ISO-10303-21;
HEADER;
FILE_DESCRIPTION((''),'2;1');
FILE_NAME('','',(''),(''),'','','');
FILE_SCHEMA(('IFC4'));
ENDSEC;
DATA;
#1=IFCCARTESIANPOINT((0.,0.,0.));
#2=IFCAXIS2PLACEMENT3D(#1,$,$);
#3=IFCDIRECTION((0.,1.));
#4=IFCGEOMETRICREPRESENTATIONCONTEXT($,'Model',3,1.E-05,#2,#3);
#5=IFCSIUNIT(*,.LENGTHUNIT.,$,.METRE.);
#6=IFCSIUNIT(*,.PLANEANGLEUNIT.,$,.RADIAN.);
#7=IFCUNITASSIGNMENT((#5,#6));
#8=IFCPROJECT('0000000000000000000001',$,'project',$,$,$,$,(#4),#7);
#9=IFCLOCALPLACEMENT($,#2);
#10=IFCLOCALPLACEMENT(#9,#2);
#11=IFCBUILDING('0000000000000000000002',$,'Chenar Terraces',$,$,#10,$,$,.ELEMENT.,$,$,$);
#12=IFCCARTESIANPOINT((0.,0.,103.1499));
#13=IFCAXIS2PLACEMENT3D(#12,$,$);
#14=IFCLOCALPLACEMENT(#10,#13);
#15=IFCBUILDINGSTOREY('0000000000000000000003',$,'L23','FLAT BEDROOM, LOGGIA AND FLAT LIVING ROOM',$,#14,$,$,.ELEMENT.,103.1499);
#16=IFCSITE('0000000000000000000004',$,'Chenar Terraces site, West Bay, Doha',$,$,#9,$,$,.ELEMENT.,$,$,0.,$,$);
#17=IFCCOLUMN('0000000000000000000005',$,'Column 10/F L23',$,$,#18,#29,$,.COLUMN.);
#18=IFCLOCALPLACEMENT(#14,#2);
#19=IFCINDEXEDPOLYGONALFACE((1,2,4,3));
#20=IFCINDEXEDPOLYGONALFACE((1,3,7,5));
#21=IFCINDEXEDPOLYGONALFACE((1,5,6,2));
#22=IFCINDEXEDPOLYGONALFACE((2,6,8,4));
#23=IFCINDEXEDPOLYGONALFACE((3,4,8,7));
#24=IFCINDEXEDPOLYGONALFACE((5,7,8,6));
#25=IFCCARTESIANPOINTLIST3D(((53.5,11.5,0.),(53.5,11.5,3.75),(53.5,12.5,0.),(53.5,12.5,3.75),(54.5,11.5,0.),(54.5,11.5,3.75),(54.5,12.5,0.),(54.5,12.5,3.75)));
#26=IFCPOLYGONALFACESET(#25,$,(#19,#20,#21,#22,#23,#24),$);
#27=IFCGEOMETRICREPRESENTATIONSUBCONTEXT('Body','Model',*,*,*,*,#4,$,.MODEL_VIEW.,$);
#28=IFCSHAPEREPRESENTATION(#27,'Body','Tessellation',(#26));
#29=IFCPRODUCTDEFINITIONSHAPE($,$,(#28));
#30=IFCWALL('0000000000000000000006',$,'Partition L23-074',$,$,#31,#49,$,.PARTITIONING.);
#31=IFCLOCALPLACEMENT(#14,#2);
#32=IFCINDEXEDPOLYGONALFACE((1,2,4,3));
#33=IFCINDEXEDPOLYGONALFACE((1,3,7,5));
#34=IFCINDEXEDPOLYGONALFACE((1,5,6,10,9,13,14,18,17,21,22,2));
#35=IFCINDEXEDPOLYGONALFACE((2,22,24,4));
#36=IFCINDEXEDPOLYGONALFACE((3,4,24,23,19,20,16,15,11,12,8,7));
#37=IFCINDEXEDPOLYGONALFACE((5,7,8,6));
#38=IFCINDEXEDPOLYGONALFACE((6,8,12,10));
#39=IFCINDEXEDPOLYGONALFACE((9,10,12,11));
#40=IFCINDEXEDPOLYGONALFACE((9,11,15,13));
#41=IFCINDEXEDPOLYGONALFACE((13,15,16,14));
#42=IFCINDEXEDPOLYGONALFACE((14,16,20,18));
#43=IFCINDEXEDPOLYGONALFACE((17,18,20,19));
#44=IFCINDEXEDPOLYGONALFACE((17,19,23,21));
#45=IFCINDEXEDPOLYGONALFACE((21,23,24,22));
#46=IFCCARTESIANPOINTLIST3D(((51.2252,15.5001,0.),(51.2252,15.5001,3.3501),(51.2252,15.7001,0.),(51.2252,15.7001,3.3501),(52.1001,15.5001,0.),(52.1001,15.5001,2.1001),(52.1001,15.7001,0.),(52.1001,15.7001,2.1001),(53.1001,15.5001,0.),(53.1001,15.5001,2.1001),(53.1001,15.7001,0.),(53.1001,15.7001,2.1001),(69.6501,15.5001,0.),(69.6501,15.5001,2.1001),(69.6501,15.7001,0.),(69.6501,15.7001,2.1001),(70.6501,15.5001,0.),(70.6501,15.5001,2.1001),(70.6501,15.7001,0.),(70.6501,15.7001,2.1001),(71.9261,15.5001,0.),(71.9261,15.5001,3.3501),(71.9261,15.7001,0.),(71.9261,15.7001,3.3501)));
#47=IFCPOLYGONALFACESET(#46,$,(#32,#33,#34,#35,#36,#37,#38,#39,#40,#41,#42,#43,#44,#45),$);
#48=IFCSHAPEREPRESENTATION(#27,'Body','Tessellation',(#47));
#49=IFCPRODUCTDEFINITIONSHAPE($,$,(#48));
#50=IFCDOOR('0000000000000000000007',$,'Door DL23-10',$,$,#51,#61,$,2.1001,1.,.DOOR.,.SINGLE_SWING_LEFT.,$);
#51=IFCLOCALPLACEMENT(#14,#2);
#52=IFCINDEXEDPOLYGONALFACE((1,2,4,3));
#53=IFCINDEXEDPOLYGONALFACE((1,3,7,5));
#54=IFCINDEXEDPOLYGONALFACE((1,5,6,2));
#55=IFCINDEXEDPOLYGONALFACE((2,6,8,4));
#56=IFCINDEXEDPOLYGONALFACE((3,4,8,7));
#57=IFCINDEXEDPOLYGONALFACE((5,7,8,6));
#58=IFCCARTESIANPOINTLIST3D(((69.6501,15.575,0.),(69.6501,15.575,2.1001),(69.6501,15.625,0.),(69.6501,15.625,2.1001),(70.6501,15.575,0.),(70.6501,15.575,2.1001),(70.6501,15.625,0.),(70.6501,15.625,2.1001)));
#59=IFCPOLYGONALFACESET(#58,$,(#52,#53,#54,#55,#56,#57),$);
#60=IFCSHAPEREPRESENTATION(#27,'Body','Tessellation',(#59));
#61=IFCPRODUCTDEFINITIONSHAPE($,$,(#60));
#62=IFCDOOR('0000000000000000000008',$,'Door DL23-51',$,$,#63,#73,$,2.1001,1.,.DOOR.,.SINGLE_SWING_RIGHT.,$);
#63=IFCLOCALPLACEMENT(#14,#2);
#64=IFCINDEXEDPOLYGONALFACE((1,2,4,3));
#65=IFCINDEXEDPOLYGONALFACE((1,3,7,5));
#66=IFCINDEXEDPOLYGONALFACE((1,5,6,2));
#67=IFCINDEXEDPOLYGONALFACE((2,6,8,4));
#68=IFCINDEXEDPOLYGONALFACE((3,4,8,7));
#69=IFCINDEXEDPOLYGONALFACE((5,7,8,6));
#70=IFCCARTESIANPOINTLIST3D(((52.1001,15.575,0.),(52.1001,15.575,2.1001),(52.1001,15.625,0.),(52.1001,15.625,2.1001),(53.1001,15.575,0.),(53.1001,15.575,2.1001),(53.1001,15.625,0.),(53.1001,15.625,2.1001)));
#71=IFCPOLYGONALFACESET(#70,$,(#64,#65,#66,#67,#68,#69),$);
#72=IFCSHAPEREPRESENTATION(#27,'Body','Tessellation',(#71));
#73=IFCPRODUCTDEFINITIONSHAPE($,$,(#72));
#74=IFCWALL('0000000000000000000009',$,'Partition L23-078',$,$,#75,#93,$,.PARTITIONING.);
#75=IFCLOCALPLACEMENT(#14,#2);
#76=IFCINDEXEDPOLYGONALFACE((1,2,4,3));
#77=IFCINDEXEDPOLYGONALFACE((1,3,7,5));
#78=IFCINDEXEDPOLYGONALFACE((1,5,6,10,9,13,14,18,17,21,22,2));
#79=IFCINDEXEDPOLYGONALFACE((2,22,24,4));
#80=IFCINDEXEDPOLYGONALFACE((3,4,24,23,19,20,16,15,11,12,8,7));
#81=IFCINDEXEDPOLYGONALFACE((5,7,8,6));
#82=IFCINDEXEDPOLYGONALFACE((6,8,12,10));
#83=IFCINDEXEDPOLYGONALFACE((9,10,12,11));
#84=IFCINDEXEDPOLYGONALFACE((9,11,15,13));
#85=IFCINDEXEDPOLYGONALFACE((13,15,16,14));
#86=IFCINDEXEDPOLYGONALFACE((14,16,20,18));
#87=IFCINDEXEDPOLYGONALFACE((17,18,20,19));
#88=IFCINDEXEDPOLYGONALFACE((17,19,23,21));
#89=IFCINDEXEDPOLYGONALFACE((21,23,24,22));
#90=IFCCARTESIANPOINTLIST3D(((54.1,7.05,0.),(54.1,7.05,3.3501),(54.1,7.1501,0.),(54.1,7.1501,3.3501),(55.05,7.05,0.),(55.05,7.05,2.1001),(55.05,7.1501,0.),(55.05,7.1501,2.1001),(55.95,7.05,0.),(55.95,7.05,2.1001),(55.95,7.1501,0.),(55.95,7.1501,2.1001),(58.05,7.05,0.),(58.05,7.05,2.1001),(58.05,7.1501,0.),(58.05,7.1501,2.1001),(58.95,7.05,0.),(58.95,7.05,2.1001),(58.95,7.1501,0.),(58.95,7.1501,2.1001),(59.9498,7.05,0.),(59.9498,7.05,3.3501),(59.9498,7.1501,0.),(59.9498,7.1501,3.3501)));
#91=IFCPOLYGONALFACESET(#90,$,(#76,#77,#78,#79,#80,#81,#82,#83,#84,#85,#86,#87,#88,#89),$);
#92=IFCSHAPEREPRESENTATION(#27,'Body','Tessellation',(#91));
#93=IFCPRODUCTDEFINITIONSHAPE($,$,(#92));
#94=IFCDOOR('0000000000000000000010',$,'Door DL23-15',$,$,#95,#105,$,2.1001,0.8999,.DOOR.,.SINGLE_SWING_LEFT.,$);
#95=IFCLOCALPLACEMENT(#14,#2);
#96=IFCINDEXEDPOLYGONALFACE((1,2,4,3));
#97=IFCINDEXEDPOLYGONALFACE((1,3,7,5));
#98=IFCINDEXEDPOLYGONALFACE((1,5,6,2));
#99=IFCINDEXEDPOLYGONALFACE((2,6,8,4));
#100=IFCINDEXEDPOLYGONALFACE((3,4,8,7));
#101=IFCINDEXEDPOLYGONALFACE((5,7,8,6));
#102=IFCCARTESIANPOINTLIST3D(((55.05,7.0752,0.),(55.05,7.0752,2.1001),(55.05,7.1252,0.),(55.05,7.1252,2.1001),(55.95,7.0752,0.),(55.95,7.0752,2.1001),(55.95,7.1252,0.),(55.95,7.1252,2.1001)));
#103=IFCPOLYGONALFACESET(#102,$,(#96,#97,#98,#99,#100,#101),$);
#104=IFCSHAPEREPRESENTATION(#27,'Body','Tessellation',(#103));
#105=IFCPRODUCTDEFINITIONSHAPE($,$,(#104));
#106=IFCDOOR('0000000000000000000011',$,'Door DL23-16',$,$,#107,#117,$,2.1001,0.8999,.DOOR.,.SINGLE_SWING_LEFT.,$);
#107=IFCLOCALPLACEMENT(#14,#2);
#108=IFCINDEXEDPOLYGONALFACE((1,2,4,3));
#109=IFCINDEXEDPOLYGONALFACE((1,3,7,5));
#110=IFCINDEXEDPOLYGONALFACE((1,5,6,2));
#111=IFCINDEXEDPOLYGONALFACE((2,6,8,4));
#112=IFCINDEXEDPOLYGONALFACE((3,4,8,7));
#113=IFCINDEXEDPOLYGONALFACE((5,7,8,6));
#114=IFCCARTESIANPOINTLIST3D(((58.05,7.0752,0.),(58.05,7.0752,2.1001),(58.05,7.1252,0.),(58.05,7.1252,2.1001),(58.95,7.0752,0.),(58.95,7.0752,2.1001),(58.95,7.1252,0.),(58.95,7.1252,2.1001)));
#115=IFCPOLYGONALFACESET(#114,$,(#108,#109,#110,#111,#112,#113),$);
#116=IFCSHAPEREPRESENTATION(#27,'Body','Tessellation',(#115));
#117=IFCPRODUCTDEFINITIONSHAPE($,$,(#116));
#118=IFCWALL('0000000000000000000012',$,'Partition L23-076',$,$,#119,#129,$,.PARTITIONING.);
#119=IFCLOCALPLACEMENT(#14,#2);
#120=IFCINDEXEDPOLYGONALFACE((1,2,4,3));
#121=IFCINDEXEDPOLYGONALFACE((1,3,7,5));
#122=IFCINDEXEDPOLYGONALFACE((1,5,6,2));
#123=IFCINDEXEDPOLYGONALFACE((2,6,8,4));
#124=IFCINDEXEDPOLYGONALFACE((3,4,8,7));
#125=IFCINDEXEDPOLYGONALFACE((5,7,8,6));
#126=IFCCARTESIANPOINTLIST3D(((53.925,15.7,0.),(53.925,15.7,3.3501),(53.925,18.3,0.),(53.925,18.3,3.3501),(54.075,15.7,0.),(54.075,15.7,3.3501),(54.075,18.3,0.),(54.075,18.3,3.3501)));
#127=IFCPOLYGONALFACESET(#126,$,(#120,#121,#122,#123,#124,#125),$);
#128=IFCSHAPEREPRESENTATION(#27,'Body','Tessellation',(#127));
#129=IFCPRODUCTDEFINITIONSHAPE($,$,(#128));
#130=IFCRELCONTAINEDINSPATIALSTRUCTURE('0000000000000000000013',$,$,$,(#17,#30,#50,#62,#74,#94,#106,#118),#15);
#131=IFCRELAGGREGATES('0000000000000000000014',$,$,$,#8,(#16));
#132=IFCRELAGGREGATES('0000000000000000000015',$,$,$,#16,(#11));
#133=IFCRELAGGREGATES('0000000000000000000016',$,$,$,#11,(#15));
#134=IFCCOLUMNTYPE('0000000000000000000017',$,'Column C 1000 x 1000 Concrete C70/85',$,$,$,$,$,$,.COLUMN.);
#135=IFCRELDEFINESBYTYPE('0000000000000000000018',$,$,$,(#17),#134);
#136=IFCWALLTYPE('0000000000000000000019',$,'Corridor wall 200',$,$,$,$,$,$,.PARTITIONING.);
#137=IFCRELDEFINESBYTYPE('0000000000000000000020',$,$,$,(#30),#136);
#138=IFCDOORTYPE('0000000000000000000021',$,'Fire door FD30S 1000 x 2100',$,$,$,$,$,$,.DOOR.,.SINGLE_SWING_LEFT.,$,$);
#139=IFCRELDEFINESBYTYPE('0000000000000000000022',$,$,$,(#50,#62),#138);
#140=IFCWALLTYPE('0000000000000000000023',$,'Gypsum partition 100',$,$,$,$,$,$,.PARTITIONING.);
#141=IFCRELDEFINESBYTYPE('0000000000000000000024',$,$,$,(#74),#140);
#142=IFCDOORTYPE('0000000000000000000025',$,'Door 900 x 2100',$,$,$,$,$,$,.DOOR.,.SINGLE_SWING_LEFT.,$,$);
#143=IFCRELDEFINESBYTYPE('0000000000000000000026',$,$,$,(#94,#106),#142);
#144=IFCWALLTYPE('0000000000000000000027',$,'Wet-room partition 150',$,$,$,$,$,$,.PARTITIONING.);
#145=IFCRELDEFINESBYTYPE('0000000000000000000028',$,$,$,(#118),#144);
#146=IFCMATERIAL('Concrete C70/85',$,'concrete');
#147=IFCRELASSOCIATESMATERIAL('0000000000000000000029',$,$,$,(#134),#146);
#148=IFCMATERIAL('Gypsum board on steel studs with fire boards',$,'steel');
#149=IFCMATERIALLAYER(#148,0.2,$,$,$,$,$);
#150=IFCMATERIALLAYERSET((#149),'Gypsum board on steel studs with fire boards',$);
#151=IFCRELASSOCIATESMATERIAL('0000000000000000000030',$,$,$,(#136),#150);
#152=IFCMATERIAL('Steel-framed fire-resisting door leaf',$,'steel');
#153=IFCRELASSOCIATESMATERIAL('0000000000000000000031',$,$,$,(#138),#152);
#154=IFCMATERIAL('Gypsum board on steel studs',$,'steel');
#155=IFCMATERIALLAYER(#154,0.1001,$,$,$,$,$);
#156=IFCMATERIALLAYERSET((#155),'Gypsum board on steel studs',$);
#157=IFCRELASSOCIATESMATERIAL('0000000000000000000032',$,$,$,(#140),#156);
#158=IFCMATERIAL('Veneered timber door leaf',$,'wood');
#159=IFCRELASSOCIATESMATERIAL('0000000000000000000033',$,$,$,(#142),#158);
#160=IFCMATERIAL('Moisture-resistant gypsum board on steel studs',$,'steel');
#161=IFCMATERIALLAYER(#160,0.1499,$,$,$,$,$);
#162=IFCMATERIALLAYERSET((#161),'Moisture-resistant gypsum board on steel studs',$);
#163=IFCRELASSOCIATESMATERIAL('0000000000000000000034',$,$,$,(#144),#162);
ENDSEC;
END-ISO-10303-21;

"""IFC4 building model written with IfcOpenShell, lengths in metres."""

from ifc_helpers import new_model, si_unit, direction, frame, frame_2d, origin, origin_2d, place, context, subcontext, project, spatial, rectangle, extrude, material, layer, layer_set, material_profile, profile_set, type_object, element, fill, save


model = new_model("IFC4")

# Units and contexts
model_context = context("Model", 3, precision=1e-05, world=origin(), true_north=direction((0.0, 1.0)))
body_context = subcontext(model_context, "Body", "Model", "MODEL_VIEW")
ifc_project = project(units=[si_unit("LENGTHUNIT", "METRE"), si_unit("PLANEANGLEUNIT", "RADIAN")], contexts=[model_context])

# Site, building, storey
site_placement = place(None, origin())
site = spatial("IfcSite", under=ifc_project, at=site_placement, Name="Chenar Terraces site, West Bay, Doha", CompositionType="ELEMENT", RefElevation=0.0)
building_placement = place(site_placement, origin())
building = spatial("IfcBuilding", under=site, at=building_placement, Name="Chenar Terraces", CompositionType="ELEMENT")
storey_placement = place(building_placement, frame((0.0, 0.0, 103.1499)))
storey = spatial("IfcBuildingStorey", under=building, at=storey_placement, Name="L23", Description="FLAT BEDROOM, LOGGIA AND FLAT LIVING ROOM", CompositionType="ELEMENT", Elevation=103.1499)

# Column
ifc_material_1 = material(Name="Concrete C70/85", Category="concrete")
ifc_material_profile = material_profile(ifc_material_1, rectangle(XDim=1.0, YDim=1.0, at=origin_2d()), Name="C 1000 x 1000")
ifc_profile_set = profile_set([ifc_material_profile], Name="Concrete C70/85")
column_type = type_object("IfcColumnType", Name="Column C 1000 x 1000 Concrete C70/85", PredefinedType="COLUMN", material=ifc_profile_set)
column_placement = place(storey_placement, frame((54.0, 12.0, 0.0), z_axis=(0.0, 0.0, 1.0), x_axis=(1.0, 0.0, 0.0)))
element("IfcColumn", 1, at=column_placement, inside=storey, type_object=column_type, Name="Column 10/F L23", PredefinedType="COLUMN", context=body_context, shape_type="SweptSolid", body=[
    extrude(rectangle(XDim=1.0, YDim=1.0, at=origin_2d()), origin(), (0.0, 0.0, 1.0), 3.75),
])

# Walls, openings, doors
ifc_material_2 = material(Name="Gypsum board on steel studs with fire boards", Category="steel")
ifc_layer_1 = layer(ifc_material_2, 0.2)
ifc_layer_set_1 = layer_set([ifc_layer_1], Name="Gypsum board on steel studs with fire boards")
wall_type_1 = type_object("IfcWallType", Name="Corridor wall 200", PredefinedType="PARTITIONING", material=ifc_layer_set_1)
wall_1_placement = place(storey_placement, frame((51.2251, 15.6001, 0.0), z_axis=(0.0, 0.0, 1.0), x_axis=(1.0, 0.0, 0.0)))
wall_1 = element("IfcWall", 2, at=wall_1_placement, inside=storey, type_object=wall_type_1, Name="Partition L23-074", PredefinedType="PARTITIONING", context=body_context, shape_type="SweptSolid", body=[
    extrude(rectangle(XDim=20.7009, YDim=0.2, at=frame_2d((10.3506, 0.0))), origin(), (0.0, 0.0, 1.0), 3.3501),
])
opening_1_placement = place(wall_1_placement, frame((18.425, 0.0, 0.0)))
opening_1 = element("IfcOpeningElement", 3, at=opening_1_placement, cuts=wall_1, PredefinedType="OPENING", context=body_context, shape_type="SweptSolid", body=[
    extrude(rectangle(XDim=1.0, YDim=2.1001, at=frame_2d((0.5, 1.05))), frame((0.0, 0.1099, 0.0), z_axis=(0.0, -1.0, 0.0), x_axis=(1.0, 0.0, 0.0)), (0.0, 0.0, 1.0), 0.22),
])
opening_2_placement = place(wall_1_placement, frame((0.875, 0.0, 0.0)))
opening_2 = element("IfcOpeningElement", 4, at=opening_2_placement, cuts=wall_1, PredefinedType="OPENING", context=body_context, shape_type="SweptSolid", body=[
    extrude(rectangle(XDim=1.0, YDim=2.1001, at=frame_2d((0.5, 1.05))), frame((0.0, 0.1099, 0.0), z_axis=(0.0, -1.0, 0.0), x_axis=(1.0, 0.0, 0.0)), (0.0, 0.0, 1.0), 0.22),
])
ifc_material_3 = material(Name="Steel-framed fire-resisting door leaf", Category="steel")
door_type_1 = type_object("IfcDoorType", Name="Fire door FD30S 1000 x 2100", OperationType="SINGLE_SWING_LEFT", PredefinedType="DOOR", material=ifc_material_3)
door_1_placement = place(opening_1_placement, origin())
door_1 = element("IfcDoor", 5, at=door_1_placement, inside=storey, type_object=door_type_1, Name="Door DL23-10", OperationType="SINGLE_SWING_LEFT", OverallHeight=2.1001, OverallWidth=1.0, PredefinedType="DOOR", context=body_context, shape_type="SweptSolid", body=[
    extrude(rectangle(XDim=1.0, YDim=2.1001, at=frame_2d((0.5, 1.05))), frame((0.0, 0.0249, 0.0), z_axis=(0.0, -1.0, 0.0), x_axis=(1.0, 0.0, 0.0)), (0.0, 0.0, 1.0), 0.05),
])
fill(opening_1, door_1)
door_2_placement = place(opening_2_placement, origin())
door_2 = element("IfcDoor", 6, at=door_2_placement, inside=storey, type_object=door_type_1, Name="Door DL23-51", OperationType="SINGLE_SWING_RIGHT", OverallHeight=2.1001, OverallWidth=1.0, PredefinedType="DOOR", context=body_context, shape_type="SweptSolid", body=[
    extrude(rectangle(XDim=1.0, YDim=2.1001, at=frame_2d((0.5, 1.05))), frame((0.0, 0.0249, 0.0), z_axis=(0.0, -1.0, 0.0), x_axis=(1.0, 0.0, 0.0)), (0.0, 0.0, 1.0), 0.05),
])
fill(opening_2, door_2)
ifc_material_4 = material(Name="Gypsum board on steel studs", Category="steel")
ifc_layer_2 = layer(ifc_material_4, 0.1001)
ifc_layer_set_2 = layer_set([ifc_layer_2], Name="Gypsum board on steel studs")
wall_type_2 = type_object("IfcWallType", Name="Gypsum partition 100", PredefinedType="PARTITIONING", material=ifc_layer_set_2)
wall_2_placement = place(storey_placement, frame((54.1001, 7.1001, 0.0), z_axis=(0.0, 0.0, 1.0), x_axis=(1.0, 0.0, 0.0)))
wall_2 = element("IfcWall", 7, at=wall_2_placement, inside=storey, type_object=wall_type_2, Name="Partition L23-078", PredefinedType="PARTITIONING", context=body_context, shape_type="SweptSolid", body=[
    extrude(rectangle(XDim=5.8499, YDim=0.1001, at=frame_2d((2.9248, 0.0))), origin(), (0.0, 0.0, 1.0), 3.3501),
])
opening_3_placement = place(wall_2_placement, frame((0.95, 0.0, 0.0)))
opening_3 = element("IfcOpeningElement", 8, at=opening_3_placement, cuts=wall_2, PredefinedType="OPENING", context=body_context, shape_type="SweptSolid", body=[
    extrude(rectangle(XDim=0.8999, YDim=2.1001, at=frame_2d((0.45, 1.05))), frame((0.0, 0.0601, 0.0), z_axis=(0.0, -1.0, 0.0), x_axis=(1.0, 0.0, 0.0)), (0.0, 0.0, 1.0), 0.1201),
])
opening_4_placement = place(wall_2_placement, frame((3.95, 0.0, 0.0)))
opening_4 = element("IfcOpeningElement", 9, at=opening_4_placement, cuts=wall_2, PredefinedType="OPENING", context=body_context, shape_type="SweptSolid", body=[
    extrude(rectangle(XDim=0.8999, YDim=2.1001, at=frame_2d((0.45, 1.05))), frame((0.0, 0.0601, 0.0), z_axis=(0.0, -1.0, 0.0), x_axis=(1.0, 0.0, 0.0)), (0.0, 0.0, 1.0), 0.1201),
])
ifc_material_5 = material(Name="Veneered timber door leaf", Category="wood")
door_type_2 = type_object("IfcDoorType", Name="Door 900 x 2100", OperationType="SINGLE_SWING_LEFT", PredefinedType="DOOR", material=ifc_material_5)
door_3_placement = place(opening_3_placement, frame((0.8999, 0.0, 0.0), z_axis=(0.0, 0.0, 1.0), x_axis=(-1.0, 0.0, 0.0)))
door_3 = element("IfcDoor", 10, at=door_3_placement, inside=storey, type_object=door_type_2, Name="Door DL23-15", OperationType="SINGLE_SWING_LEFT", OverallHeight=2.1001, OverallWidth=0.8999, PredefinedType="DOOR", context=body_context, shape_type="SweptSolid", body=[
    extrude(rectangle(XDim=0.8999, YDim=2.1001, at=frame_2d((0.45, 1.05))), frame((0.0, 0.0249, 0.0), z_axis=(0.0, -1.0, 0.0), x_axis=(1.0, 0.0, 0.0)), (0.0, 0.0, 1.0), 0.05),
])
fill(opening_3, door_3)
door_4_placement = place(opening_4_placement, frame((0.8999, 0.0, 0.0), z_axis=(0.0, 0.0, 1.0), x_axis=(-1.0, 0.0, 0.0)))
door_4 = element("IfcDoor", 11, at=door_4_placement, inside=storey, type_object=door_type_2, Name="Door DL23-16", OperationType="SINGLE_SWING_LEFT", OverallHeight=2.1001, OverallWidth=0.8999, PredefinedType="DOOR", context=body_context, shape_type="SweptSolid", body=[
    extrude(rectangle(XDim=0.8999, YDim=2.1001, at=frame_2d((0.45, 1.05))), frame((0.0, 0.0249, 0.0), z_axis=(0.0, -1.0, 0.0), x_axis=(1.0, 0.0, 0.0)), (0.0, 0.0, 1.0), 0.05),
])
fill(opening_4, door_4)

# Wall
ifc_material_6 = material(Name="Moisture-resistant gypsum board on steel studs", Category="steel")
ifc_layer_3 = layer(ifc_material_6, 0.1499)
ifc_layer_set_3 = layer_set([ifc_layer_3], Name="Moisture-resistant gypsum board on steel studs")
wall_type_3 = type_object("IfcWallType", Name="Wet-room partition 150", PredefinedType="PARTITIONING", material=ifc_layer_set_3)
wall_3_placement = place(storey_placement, frame((54.0, 15.7, 0.0), z_axis=(0.0, 0.0, 1.0), x_axis=(0.0, 1.0, 0.0)))
element("IfcWall", 12, at=wall_3_placement, inside=storey, type_object=wall_type_3, Name="Partition L23-076", PredefinedType="PARTITIONING", context=body_context, shape_type="SweptSolid", body=[
    extrude(rectangle(XDim=2.6001, YDim=0.1499, at=frame_2d((1.3, 0.0))), origin(), (0.0, 0.0, 1.0), 3.3501),
])

save(model, "model.ifc")
